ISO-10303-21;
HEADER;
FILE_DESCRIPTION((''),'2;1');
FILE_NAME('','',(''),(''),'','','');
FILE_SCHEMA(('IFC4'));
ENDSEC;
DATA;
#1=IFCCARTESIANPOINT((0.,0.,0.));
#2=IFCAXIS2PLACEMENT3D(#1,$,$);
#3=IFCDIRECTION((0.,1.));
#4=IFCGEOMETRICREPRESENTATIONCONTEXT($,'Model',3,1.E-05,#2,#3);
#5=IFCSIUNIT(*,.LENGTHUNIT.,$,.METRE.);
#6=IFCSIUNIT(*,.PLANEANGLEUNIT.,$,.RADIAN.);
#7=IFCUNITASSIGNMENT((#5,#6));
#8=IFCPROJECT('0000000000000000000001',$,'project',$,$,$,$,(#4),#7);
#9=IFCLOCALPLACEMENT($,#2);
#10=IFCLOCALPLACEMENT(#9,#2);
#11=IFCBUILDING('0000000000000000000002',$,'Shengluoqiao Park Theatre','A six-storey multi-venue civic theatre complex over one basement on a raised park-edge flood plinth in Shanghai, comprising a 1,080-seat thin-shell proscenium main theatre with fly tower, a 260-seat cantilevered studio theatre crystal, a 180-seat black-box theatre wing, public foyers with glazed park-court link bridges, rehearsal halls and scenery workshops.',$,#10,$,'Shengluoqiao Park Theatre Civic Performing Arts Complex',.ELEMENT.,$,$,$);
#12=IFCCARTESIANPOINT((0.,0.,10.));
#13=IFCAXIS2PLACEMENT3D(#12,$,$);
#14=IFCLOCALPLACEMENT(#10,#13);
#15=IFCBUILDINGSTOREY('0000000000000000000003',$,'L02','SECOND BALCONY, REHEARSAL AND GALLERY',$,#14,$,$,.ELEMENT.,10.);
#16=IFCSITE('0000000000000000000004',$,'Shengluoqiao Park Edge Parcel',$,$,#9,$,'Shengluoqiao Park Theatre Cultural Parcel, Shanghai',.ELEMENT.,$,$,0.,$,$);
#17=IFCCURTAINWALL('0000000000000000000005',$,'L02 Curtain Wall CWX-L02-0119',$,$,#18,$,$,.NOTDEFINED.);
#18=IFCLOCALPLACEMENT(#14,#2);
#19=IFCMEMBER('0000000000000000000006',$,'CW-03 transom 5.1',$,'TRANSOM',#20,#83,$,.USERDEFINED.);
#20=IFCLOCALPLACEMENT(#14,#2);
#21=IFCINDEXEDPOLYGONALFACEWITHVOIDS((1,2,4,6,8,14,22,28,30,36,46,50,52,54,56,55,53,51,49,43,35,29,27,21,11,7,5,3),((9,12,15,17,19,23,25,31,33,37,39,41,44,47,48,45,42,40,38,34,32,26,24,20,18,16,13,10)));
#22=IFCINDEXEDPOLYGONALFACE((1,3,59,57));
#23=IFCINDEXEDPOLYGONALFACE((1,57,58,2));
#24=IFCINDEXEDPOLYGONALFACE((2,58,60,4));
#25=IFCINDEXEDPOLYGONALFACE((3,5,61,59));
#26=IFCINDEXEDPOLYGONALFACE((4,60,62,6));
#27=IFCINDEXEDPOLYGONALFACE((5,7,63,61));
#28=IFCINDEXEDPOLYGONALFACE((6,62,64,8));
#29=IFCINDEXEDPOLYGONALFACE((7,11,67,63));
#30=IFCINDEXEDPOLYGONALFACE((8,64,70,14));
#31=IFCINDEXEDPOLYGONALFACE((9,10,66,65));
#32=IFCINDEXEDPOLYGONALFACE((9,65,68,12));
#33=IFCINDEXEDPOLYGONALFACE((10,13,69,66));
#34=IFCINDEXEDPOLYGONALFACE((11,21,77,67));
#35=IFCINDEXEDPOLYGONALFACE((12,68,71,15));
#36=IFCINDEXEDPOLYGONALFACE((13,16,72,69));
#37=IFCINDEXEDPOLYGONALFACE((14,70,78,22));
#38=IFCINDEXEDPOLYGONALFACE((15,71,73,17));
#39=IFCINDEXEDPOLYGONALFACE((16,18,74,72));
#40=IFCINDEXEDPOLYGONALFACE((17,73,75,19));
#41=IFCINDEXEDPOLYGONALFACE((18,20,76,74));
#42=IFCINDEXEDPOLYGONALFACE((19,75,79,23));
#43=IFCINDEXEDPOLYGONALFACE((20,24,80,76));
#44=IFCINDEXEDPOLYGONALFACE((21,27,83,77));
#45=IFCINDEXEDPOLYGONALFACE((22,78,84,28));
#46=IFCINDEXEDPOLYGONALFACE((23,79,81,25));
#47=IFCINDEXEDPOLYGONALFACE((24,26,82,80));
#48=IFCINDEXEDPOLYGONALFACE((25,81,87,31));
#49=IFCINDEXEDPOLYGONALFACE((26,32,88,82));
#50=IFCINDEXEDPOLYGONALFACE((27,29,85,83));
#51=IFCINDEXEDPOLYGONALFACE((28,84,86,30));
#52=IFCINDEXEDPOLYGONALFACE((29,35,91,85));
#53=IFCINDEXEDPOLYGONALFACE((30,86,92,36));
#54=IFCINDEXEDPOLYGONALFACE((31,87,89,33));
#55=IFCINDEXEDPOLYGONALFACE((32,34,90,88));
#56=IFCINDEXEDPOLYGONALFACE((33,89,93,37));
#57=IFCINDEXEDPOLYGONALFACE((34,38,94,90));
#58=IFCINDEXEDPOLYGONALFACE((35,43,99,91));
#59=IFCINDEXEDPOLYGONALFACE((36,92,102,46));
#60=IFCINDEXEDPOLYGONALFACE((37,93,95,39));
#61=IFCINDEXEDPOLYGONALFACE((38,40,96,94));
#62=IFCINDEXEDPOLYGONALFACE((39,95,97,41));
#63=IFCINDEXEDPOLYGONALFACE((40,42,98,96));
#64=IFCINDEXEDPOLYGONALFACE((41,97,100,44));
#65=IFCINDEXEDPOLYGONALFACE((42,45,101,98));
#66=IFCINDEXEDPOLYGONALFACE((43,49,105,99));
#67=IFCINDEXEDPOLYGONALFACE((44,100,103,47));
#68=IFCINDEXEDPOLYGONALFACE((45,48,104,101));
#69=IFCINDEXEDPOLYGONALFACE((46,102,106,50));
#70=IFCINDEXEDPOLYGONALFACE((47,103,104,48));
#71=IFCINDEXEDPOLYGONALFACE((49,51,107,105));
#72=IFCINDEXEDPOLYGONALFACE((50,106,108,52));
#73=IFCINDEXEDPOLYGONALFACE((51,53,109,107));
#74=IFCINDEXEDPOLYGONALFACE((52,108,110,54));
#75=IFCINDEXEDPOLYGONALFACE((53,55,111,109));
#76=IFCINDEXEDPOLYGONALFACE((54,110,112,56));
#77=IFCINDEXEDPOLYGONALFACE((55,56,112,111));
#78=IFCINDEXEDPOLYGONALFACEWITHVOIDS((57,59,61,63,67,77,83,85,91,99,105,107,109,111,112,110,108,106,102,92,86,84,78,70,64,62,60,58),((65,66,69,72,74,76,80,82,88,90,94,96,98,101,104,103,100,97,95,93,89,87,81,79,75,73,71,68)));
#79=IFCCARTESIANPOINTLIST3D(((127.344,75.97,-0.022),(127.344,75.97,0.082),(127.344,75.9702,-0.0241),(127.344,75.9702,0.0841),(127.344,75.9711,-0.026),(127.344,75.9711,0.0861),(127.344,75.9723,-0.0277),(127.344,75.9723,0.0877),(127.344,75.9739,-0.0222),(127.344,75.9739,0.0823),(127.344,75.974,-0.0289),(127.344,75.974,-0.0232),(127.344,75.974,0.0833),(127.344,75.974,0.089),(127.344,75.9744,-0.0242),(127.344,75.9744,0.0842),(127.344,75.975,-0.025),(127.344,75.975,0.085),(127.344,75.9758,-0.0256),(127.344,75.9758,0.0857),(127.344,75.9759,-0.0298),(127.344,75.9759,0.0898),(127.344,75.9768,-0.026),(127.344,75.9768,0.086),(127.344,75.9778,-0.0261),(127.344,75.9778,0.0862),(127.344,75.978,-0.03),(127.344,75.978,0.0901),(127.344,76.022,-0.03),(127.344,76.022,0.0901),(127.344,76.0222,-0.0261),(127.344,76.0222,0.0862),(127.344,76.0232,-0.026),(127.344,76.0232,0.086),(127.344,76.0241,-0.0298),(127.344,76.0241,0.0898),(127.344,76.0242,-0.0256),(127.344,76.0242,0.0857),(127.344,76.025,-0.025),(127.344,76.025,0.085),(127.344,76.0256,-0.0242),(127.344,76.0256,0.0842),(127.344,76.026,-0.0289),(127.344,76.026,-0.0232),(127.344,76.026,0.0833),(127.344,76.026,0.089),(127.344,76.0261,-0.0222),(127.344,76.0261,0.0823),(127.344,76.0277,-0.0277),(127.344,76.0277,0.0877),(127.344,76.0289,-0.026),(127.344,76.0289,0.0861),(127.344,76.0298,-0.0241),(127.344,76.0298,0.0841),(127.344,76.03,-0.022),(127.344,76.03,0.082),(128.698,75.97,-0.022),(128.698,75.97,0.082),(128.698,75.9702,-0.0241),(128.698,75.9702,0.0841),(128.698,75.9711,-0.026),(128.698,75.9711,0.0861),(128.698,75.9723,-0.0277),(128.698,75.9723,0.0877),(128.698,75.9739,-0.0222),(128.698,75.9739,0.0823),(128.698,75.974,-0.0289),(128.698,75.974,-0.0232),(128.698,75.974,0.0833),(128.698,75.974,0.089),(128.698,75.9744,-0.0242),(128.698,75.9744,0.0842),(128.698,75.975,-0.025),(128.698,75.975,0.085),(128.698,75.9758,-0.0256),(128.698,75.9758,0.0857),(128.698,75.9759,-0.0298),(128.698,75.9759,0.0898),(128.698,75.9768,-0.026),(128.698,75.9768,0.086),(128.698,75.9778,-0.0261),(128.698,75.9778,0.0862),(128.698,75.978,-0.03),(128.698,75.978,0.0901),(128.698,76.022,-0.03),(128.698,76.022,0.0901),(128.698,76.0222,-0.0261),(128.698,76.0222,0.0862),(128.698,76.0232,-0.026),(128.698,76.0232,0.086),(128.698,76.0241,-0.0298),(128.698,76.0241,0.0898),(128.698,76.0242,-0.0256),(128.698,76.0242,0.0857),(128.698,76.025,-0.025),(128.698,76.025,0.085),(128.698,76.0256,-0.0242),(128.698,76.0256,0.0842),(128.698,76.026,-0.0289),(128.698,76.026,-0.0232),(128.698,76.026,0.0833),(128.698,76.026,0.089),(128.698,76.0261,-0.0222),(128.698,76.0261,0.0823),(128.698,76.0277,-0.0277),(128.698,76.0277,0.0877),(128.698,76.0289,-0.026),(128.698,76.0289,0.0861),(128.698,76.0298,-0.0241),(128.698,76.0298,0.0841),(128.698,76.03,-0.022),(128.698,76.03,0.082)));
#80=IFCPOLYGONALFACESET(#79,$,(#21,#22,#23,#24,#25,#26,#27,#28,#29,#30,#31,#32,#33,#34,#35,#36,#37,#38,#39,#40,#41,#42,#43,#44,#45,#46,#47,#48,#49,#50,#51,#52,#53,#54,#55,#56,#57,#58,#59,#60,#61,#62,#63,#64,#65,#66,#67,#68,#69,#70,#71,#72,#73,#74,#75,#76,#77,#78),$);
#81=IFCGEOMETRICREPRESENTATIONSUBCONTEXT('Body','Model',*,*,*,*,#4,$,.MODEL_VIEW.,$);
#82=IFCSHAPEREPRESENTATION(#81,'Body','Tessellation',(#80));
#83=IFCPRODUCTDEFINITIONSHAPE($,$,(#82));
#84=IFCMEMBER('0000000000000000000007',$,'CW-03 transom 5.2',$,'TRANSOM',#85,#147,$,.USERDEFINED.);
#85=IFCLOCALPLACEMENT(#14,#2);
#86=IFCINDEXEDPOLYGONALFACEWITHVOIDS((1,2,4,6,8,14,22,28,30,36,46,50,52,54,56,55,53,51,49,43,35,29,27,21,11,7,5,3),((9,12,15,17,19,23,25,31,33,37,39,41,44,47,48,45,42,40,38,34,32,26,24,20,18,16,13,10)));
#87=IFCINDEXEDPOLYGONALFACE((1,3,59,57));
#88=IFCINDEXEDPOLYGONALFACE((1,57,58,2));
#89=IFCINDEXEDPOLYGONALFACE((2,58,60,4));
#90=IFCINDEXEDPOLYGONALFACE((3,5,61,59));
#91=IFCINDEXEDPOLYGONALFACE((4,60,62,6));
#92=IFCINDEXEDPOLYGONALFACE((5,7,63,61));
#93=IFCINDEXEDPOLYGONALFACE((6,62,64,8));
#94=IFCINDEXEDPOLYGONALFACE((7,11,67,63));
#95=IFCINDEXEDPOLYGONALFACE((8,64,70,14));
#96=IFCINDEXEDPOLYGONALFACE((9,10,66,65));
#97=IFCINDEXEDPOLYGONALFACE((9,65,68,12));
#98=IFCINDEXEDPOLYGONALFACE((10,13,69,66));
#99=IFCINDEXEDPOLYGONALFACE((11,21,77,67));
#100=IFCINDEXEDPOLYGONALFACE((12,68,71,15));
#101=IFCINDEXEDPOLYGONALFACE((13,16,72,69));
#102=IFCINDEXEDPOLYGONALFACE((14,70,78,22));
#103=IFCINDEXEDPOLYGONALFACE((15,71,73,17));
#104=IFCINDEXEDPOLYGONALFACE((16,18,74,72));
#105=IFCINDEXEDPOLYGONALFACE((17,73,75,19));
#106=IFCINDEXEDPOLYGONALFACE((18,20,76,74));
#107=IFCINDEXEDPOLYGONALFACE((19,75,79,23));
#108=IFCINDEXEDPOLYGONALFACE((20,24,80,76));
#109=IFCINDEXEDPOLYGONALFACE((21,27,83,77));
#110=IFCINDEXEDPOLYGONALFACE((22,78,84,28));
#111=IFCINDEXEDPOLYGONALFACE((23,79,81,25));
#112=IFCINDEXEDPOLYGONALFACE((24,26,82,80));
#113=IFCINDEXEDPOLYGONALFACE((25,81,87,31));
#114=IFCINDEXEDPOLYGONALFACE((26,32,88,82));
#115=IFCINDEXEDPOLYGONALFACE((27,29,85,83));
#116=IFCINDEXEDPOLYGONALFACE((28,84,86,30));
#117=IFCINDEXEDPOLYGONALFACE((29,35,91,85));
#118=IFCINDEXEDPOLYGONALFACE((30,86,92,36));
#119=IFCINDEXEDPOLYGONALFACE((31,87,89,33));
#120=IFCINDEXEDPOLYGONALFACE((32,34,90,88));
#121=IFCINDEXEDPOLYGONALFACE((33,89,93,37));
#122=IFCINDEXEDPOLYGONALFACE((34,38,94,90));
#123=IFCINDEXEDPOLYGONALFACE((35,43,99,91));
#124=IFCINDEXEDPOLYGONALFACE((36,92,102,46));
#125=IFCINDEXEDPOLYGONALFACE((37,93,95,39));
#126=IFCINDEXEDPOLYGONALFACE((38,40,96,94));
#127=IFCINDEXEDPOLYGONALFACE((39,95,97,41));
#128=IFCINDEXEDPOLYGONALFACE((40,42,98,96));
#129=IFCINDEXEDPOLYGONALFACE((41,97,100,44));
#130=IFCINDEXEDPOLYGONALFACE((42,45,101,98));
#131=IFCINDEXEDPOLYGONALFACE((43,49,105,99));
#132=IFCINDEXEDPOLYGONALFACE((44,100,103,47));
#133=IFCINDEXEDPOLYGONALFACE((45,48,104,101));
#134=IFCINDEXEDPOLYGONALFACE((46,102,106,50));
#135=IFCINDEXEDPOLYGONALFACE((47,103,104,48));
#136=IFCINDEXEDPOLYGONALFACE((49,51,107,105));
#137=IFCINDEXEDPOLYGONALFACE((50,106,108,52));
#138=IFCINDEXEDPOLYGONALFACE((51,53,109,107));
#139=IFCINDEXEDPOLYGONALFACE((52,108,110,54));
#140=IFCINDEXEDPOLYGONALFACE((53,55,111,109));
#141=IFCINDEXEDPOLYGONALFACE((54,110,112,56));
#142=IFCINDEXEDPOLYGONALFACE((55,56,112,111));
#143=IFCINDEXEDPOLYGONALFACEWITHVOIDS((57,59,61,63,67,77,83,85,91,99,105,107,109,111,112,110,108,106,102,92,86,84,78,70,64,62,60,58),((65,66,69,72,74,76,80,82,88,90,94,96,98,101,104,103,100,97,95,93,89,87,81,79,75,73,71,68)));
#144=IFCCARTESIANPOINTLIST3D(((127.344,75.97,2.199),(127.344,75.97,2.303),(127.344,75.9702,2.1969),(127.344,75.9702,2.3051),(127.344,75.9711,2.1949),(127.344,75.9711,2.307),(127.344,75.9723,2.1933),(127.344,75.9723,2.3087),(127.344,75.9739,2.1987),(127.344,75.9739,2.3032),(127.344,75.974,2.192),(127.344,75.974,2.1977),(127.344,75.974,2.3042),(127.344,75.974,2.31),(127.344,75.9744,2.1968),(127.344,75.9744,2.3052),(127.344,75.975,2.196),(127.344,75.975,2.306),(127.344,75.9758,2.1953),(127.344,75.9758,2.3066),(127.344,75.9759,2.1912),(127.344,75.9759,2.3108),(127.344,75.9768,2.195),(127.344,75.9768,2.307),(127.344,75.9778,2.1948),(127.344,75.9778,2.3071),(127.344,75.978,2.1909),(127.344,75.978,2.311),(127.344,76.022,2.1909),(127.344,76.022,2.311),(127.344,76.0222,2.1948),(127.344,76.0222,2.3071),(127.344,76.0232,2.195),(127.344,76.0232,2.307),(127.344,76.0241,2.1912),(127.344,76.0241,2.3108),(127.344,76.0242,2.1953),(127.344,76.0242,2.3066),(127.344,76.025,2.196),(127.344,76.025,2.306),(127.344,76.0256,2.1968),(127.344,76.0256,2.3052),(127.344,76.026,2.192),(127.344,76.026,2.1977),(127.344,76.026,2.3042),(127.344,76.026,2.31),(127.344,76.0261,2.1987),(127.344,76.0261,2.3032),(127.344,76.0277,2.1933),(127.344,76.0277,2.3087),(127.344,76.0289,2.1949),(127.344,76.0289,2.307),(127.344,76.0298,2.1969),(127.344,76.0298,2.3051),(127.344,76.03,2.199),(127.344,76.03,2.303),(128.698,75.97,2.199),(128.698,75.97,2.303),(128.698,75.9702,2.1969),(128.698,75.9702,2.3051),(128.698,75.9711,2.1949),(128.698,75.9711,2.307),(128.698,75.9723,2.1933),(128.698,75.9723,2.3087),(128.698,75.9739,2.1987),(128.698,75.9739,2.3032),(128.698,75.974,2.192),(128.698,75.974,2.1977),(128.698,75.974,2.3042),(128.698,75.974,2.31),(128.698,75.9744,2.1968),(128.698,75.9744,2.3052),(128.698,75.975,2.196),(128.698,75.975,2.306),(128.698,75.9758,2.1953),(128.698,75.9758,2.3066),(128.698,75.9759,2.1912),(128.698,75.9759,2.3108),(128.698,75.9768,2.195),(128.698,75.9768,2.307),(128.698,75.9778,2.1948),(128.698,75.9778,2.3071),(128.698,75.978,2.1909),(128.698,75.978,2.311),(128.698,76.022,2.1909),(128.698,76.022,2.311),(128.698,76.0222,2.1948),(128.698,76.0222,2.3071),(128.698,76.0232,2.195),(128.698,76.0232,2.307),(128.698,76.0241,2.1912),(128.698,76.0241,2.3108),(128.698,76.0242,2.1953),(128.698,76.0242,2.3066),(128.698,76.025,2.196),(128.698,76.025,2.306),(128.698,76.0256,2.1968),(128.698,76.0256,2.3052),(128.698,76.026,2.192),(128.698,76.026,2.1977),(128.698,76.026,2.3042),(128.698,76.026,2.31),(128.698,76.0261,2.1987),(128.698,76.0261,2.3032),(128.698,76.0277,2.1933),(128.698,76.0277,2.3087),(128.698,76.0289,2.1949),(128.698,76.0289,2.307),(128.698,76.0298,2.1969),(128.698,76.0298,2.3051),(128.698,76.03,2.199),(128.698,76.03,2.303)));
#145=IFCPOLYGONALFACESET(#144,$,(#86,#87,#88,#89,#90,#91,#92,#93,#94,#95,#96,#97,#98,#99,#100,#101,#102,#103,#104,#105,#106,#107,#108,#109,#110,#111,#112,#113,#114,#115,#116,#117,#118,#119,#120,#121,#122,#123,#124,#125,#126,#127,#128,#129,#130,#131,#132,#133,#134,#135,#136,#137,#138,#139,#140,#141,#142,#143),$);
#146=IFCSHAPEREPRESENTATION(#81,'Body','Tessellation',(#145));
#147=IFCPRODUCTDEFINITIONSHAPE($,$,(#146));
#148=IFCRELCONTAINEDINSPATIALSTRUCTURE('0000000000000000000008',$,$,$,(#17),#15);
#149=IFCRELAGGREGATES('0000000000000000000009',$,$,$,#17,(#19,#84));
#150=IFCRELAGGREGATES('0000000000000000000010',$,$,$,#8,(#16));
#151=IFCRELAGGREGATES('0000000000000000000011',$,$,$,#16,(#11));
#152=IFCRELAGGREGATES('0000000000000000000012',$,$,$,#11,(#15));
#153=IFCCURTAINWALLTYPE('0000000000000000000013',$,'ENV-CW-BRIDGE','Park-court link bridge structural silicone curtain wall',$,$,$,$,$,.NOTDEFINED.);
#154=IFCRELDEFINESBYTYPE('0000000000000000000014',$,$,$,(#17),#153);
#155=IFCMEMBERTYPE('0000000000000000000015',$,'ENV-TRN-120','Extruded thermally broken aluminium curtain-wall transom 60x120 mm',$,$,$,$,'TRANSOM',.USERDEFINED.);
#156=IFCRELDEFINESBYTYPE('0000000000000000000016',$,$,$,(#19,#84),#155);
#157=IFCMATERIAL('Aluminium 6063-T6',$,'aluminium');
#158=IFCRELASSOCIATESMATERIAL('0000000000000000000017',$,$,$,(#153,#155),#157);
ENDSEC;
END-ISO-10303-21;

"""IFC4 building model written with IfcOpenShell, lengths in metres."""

from ifc_helpers import new_model, si_unit, direction, frame, origin, origin_2d, place, context, subcontext, project, spatial, hollow_rectangle, extrude, material, material_profile, profile_set, type_object, element, aggregate, save


model = new_model("IFC4")

# Units and contexts
model_context = context("Model", 3, precision=1e-05, world=origin(), true_north=direction((0.0, 1.0)))
body_context = subcontext(model_context, "Body", "Model", "MODEL_VIEW")
ifc_project = project(units=[si_unit("LENGTHUNIT", "METRE"), si_unit("PLANEANGLEUNIT", "RADIAN")], contexts=[model_context])

# Site, building, storey
site_placement = place(None, origin())
site = spatial("IfcSite", under=ifc_project, at=site_placement, Name="Shengluoqiao Park Edge Parcel", LongName="Shengluoqiao Park Theatre Cultural Parcel, Shanghai", CompositionType="ELEMENT", RefElevation=0.0)
building_placement = place(site_placement, origin())
building = spatial("IfcBuilding", under=site, at=building_placement, Name="Shengluoqiao Park Theatre", Description="A six-storey multi-venue civic theatre complex over one basement on a raised park-edge flood plinth in Shanghai, comprising a 1,080-seat thin-shell proscenium main theatre with fly tower, a 260-seat cantilevered studio theatre crystal, a 180-seat black-box theatre wing, public foyers with glazed park-court link bridges, rehearsal halls and scenery workshops.", LongName="Shengluoqiao Park Theatre Civic Performing Arts Complex", CompositionType="ELEMENT")
storey_placement = place(building_placement, frame((0.0, 0.0, 10.0)))
storey = spatial("IfcBuildingStorey", under=building, at=storey_placement, Name="L02", Description="SECOND BALCONY, REHEARSAL AND GALLERY", CompositionType="ELEMENT", Elevation=10.0)

# Curtain wall, members
ifc_material_1 = material(Name="Aluminium 6063-T6", Category="aluminium")
curtain_wall_type = type_object("IfcCurtainWallType", Name="ENV-CW-BRIDGE", Description="Park-court link bridge structural silicone curtain wall", PredefinedType="NOTDEFINED", material=ifc_material_1)
curtain_wall_placement = place(storey_placement, origin())
curtain_wall = element("IfcCurtainWall", 1, at=curtain_wall_placement, inside=storey, type_object=curtain_wall_type, Name="L02 Curtain Wall CWX-L02-0119", PredefinedType="NOTDEFINED")
ifc_material_profile_1 = material_profile(ifc_material_1, hollow_rectangle(XDim=0.0601, YDim=0.1201, WallThickness=0.0039, InnerFilletRadius=0.0039, OuterFilletRadius=0.0081, at=origin_2d()), Name="ALU TRANSOM 120x60x4")
ifc_profile_set_1 = profile_set([ifc_material_profile_1], Name="Aluminium 6063-T6")
member_type_1 = type_object("IfcMemberType", Name="ENV-TRN-120", Description="Extruded thermally broken aluminium curtain-wall transom 60x120 mm", ElementType="TRANSOM", PredefinedType="USERDEFINED", material=ifc_profile_set_1)
member_1_placement = place(storey_placement, frame((127.344, 76.0, 0.03), z_axis=(1.0, 0.0, 0.0), x_axis=(0.0, 1.0, 0.0)))
member_1 = element("IfcMember", 2, at=member_1_placement, type_object=member_type_1, Name="CW-03 transom 5.1", ObjectType="TRANSOM", PredefinedType="USERDEFINED", context=body_context, shape_type="SweptSolid", body=[
    extrude(hollow_rectangle(XDim=0.0601, YDim=0.1201, WallThickness=0.0039, InnerFilletRadius=0.0039, OuterFilletRadius=0.0081, at=origin_2d()), origin(), (0.0, 0.0, 1.0), 1.354),
])
member_2_placement = place(storey_placement, frame((127.344, 76.0, 2.251), z_axis=(1.0, 0.0, 0.0), x_axis=(0.0, 1.0, 0.0)))
member_2 = element("IfcMember", 3, at=member_2_placement, type_object=member_type_1, Name="CW-03 transom 5.2", ObjectType="TRANSOM", PredefinedType="USERDEFINED", context=body_context, shape_type="SweptSolid", body=[
    extrude(hollow_rectangle(XDim=0.0601, YDim=0.1201, WallThickness=0.0039, InnerFilletRadius=0.0039, OuterFilletRadius=0.0081, at=origin_2d()), origin(), (0.0, 0.0, 1.0), 1.354),
])
aggregate(curtain_wall, [member_1, member_2])

save(model, "model.ifc")
